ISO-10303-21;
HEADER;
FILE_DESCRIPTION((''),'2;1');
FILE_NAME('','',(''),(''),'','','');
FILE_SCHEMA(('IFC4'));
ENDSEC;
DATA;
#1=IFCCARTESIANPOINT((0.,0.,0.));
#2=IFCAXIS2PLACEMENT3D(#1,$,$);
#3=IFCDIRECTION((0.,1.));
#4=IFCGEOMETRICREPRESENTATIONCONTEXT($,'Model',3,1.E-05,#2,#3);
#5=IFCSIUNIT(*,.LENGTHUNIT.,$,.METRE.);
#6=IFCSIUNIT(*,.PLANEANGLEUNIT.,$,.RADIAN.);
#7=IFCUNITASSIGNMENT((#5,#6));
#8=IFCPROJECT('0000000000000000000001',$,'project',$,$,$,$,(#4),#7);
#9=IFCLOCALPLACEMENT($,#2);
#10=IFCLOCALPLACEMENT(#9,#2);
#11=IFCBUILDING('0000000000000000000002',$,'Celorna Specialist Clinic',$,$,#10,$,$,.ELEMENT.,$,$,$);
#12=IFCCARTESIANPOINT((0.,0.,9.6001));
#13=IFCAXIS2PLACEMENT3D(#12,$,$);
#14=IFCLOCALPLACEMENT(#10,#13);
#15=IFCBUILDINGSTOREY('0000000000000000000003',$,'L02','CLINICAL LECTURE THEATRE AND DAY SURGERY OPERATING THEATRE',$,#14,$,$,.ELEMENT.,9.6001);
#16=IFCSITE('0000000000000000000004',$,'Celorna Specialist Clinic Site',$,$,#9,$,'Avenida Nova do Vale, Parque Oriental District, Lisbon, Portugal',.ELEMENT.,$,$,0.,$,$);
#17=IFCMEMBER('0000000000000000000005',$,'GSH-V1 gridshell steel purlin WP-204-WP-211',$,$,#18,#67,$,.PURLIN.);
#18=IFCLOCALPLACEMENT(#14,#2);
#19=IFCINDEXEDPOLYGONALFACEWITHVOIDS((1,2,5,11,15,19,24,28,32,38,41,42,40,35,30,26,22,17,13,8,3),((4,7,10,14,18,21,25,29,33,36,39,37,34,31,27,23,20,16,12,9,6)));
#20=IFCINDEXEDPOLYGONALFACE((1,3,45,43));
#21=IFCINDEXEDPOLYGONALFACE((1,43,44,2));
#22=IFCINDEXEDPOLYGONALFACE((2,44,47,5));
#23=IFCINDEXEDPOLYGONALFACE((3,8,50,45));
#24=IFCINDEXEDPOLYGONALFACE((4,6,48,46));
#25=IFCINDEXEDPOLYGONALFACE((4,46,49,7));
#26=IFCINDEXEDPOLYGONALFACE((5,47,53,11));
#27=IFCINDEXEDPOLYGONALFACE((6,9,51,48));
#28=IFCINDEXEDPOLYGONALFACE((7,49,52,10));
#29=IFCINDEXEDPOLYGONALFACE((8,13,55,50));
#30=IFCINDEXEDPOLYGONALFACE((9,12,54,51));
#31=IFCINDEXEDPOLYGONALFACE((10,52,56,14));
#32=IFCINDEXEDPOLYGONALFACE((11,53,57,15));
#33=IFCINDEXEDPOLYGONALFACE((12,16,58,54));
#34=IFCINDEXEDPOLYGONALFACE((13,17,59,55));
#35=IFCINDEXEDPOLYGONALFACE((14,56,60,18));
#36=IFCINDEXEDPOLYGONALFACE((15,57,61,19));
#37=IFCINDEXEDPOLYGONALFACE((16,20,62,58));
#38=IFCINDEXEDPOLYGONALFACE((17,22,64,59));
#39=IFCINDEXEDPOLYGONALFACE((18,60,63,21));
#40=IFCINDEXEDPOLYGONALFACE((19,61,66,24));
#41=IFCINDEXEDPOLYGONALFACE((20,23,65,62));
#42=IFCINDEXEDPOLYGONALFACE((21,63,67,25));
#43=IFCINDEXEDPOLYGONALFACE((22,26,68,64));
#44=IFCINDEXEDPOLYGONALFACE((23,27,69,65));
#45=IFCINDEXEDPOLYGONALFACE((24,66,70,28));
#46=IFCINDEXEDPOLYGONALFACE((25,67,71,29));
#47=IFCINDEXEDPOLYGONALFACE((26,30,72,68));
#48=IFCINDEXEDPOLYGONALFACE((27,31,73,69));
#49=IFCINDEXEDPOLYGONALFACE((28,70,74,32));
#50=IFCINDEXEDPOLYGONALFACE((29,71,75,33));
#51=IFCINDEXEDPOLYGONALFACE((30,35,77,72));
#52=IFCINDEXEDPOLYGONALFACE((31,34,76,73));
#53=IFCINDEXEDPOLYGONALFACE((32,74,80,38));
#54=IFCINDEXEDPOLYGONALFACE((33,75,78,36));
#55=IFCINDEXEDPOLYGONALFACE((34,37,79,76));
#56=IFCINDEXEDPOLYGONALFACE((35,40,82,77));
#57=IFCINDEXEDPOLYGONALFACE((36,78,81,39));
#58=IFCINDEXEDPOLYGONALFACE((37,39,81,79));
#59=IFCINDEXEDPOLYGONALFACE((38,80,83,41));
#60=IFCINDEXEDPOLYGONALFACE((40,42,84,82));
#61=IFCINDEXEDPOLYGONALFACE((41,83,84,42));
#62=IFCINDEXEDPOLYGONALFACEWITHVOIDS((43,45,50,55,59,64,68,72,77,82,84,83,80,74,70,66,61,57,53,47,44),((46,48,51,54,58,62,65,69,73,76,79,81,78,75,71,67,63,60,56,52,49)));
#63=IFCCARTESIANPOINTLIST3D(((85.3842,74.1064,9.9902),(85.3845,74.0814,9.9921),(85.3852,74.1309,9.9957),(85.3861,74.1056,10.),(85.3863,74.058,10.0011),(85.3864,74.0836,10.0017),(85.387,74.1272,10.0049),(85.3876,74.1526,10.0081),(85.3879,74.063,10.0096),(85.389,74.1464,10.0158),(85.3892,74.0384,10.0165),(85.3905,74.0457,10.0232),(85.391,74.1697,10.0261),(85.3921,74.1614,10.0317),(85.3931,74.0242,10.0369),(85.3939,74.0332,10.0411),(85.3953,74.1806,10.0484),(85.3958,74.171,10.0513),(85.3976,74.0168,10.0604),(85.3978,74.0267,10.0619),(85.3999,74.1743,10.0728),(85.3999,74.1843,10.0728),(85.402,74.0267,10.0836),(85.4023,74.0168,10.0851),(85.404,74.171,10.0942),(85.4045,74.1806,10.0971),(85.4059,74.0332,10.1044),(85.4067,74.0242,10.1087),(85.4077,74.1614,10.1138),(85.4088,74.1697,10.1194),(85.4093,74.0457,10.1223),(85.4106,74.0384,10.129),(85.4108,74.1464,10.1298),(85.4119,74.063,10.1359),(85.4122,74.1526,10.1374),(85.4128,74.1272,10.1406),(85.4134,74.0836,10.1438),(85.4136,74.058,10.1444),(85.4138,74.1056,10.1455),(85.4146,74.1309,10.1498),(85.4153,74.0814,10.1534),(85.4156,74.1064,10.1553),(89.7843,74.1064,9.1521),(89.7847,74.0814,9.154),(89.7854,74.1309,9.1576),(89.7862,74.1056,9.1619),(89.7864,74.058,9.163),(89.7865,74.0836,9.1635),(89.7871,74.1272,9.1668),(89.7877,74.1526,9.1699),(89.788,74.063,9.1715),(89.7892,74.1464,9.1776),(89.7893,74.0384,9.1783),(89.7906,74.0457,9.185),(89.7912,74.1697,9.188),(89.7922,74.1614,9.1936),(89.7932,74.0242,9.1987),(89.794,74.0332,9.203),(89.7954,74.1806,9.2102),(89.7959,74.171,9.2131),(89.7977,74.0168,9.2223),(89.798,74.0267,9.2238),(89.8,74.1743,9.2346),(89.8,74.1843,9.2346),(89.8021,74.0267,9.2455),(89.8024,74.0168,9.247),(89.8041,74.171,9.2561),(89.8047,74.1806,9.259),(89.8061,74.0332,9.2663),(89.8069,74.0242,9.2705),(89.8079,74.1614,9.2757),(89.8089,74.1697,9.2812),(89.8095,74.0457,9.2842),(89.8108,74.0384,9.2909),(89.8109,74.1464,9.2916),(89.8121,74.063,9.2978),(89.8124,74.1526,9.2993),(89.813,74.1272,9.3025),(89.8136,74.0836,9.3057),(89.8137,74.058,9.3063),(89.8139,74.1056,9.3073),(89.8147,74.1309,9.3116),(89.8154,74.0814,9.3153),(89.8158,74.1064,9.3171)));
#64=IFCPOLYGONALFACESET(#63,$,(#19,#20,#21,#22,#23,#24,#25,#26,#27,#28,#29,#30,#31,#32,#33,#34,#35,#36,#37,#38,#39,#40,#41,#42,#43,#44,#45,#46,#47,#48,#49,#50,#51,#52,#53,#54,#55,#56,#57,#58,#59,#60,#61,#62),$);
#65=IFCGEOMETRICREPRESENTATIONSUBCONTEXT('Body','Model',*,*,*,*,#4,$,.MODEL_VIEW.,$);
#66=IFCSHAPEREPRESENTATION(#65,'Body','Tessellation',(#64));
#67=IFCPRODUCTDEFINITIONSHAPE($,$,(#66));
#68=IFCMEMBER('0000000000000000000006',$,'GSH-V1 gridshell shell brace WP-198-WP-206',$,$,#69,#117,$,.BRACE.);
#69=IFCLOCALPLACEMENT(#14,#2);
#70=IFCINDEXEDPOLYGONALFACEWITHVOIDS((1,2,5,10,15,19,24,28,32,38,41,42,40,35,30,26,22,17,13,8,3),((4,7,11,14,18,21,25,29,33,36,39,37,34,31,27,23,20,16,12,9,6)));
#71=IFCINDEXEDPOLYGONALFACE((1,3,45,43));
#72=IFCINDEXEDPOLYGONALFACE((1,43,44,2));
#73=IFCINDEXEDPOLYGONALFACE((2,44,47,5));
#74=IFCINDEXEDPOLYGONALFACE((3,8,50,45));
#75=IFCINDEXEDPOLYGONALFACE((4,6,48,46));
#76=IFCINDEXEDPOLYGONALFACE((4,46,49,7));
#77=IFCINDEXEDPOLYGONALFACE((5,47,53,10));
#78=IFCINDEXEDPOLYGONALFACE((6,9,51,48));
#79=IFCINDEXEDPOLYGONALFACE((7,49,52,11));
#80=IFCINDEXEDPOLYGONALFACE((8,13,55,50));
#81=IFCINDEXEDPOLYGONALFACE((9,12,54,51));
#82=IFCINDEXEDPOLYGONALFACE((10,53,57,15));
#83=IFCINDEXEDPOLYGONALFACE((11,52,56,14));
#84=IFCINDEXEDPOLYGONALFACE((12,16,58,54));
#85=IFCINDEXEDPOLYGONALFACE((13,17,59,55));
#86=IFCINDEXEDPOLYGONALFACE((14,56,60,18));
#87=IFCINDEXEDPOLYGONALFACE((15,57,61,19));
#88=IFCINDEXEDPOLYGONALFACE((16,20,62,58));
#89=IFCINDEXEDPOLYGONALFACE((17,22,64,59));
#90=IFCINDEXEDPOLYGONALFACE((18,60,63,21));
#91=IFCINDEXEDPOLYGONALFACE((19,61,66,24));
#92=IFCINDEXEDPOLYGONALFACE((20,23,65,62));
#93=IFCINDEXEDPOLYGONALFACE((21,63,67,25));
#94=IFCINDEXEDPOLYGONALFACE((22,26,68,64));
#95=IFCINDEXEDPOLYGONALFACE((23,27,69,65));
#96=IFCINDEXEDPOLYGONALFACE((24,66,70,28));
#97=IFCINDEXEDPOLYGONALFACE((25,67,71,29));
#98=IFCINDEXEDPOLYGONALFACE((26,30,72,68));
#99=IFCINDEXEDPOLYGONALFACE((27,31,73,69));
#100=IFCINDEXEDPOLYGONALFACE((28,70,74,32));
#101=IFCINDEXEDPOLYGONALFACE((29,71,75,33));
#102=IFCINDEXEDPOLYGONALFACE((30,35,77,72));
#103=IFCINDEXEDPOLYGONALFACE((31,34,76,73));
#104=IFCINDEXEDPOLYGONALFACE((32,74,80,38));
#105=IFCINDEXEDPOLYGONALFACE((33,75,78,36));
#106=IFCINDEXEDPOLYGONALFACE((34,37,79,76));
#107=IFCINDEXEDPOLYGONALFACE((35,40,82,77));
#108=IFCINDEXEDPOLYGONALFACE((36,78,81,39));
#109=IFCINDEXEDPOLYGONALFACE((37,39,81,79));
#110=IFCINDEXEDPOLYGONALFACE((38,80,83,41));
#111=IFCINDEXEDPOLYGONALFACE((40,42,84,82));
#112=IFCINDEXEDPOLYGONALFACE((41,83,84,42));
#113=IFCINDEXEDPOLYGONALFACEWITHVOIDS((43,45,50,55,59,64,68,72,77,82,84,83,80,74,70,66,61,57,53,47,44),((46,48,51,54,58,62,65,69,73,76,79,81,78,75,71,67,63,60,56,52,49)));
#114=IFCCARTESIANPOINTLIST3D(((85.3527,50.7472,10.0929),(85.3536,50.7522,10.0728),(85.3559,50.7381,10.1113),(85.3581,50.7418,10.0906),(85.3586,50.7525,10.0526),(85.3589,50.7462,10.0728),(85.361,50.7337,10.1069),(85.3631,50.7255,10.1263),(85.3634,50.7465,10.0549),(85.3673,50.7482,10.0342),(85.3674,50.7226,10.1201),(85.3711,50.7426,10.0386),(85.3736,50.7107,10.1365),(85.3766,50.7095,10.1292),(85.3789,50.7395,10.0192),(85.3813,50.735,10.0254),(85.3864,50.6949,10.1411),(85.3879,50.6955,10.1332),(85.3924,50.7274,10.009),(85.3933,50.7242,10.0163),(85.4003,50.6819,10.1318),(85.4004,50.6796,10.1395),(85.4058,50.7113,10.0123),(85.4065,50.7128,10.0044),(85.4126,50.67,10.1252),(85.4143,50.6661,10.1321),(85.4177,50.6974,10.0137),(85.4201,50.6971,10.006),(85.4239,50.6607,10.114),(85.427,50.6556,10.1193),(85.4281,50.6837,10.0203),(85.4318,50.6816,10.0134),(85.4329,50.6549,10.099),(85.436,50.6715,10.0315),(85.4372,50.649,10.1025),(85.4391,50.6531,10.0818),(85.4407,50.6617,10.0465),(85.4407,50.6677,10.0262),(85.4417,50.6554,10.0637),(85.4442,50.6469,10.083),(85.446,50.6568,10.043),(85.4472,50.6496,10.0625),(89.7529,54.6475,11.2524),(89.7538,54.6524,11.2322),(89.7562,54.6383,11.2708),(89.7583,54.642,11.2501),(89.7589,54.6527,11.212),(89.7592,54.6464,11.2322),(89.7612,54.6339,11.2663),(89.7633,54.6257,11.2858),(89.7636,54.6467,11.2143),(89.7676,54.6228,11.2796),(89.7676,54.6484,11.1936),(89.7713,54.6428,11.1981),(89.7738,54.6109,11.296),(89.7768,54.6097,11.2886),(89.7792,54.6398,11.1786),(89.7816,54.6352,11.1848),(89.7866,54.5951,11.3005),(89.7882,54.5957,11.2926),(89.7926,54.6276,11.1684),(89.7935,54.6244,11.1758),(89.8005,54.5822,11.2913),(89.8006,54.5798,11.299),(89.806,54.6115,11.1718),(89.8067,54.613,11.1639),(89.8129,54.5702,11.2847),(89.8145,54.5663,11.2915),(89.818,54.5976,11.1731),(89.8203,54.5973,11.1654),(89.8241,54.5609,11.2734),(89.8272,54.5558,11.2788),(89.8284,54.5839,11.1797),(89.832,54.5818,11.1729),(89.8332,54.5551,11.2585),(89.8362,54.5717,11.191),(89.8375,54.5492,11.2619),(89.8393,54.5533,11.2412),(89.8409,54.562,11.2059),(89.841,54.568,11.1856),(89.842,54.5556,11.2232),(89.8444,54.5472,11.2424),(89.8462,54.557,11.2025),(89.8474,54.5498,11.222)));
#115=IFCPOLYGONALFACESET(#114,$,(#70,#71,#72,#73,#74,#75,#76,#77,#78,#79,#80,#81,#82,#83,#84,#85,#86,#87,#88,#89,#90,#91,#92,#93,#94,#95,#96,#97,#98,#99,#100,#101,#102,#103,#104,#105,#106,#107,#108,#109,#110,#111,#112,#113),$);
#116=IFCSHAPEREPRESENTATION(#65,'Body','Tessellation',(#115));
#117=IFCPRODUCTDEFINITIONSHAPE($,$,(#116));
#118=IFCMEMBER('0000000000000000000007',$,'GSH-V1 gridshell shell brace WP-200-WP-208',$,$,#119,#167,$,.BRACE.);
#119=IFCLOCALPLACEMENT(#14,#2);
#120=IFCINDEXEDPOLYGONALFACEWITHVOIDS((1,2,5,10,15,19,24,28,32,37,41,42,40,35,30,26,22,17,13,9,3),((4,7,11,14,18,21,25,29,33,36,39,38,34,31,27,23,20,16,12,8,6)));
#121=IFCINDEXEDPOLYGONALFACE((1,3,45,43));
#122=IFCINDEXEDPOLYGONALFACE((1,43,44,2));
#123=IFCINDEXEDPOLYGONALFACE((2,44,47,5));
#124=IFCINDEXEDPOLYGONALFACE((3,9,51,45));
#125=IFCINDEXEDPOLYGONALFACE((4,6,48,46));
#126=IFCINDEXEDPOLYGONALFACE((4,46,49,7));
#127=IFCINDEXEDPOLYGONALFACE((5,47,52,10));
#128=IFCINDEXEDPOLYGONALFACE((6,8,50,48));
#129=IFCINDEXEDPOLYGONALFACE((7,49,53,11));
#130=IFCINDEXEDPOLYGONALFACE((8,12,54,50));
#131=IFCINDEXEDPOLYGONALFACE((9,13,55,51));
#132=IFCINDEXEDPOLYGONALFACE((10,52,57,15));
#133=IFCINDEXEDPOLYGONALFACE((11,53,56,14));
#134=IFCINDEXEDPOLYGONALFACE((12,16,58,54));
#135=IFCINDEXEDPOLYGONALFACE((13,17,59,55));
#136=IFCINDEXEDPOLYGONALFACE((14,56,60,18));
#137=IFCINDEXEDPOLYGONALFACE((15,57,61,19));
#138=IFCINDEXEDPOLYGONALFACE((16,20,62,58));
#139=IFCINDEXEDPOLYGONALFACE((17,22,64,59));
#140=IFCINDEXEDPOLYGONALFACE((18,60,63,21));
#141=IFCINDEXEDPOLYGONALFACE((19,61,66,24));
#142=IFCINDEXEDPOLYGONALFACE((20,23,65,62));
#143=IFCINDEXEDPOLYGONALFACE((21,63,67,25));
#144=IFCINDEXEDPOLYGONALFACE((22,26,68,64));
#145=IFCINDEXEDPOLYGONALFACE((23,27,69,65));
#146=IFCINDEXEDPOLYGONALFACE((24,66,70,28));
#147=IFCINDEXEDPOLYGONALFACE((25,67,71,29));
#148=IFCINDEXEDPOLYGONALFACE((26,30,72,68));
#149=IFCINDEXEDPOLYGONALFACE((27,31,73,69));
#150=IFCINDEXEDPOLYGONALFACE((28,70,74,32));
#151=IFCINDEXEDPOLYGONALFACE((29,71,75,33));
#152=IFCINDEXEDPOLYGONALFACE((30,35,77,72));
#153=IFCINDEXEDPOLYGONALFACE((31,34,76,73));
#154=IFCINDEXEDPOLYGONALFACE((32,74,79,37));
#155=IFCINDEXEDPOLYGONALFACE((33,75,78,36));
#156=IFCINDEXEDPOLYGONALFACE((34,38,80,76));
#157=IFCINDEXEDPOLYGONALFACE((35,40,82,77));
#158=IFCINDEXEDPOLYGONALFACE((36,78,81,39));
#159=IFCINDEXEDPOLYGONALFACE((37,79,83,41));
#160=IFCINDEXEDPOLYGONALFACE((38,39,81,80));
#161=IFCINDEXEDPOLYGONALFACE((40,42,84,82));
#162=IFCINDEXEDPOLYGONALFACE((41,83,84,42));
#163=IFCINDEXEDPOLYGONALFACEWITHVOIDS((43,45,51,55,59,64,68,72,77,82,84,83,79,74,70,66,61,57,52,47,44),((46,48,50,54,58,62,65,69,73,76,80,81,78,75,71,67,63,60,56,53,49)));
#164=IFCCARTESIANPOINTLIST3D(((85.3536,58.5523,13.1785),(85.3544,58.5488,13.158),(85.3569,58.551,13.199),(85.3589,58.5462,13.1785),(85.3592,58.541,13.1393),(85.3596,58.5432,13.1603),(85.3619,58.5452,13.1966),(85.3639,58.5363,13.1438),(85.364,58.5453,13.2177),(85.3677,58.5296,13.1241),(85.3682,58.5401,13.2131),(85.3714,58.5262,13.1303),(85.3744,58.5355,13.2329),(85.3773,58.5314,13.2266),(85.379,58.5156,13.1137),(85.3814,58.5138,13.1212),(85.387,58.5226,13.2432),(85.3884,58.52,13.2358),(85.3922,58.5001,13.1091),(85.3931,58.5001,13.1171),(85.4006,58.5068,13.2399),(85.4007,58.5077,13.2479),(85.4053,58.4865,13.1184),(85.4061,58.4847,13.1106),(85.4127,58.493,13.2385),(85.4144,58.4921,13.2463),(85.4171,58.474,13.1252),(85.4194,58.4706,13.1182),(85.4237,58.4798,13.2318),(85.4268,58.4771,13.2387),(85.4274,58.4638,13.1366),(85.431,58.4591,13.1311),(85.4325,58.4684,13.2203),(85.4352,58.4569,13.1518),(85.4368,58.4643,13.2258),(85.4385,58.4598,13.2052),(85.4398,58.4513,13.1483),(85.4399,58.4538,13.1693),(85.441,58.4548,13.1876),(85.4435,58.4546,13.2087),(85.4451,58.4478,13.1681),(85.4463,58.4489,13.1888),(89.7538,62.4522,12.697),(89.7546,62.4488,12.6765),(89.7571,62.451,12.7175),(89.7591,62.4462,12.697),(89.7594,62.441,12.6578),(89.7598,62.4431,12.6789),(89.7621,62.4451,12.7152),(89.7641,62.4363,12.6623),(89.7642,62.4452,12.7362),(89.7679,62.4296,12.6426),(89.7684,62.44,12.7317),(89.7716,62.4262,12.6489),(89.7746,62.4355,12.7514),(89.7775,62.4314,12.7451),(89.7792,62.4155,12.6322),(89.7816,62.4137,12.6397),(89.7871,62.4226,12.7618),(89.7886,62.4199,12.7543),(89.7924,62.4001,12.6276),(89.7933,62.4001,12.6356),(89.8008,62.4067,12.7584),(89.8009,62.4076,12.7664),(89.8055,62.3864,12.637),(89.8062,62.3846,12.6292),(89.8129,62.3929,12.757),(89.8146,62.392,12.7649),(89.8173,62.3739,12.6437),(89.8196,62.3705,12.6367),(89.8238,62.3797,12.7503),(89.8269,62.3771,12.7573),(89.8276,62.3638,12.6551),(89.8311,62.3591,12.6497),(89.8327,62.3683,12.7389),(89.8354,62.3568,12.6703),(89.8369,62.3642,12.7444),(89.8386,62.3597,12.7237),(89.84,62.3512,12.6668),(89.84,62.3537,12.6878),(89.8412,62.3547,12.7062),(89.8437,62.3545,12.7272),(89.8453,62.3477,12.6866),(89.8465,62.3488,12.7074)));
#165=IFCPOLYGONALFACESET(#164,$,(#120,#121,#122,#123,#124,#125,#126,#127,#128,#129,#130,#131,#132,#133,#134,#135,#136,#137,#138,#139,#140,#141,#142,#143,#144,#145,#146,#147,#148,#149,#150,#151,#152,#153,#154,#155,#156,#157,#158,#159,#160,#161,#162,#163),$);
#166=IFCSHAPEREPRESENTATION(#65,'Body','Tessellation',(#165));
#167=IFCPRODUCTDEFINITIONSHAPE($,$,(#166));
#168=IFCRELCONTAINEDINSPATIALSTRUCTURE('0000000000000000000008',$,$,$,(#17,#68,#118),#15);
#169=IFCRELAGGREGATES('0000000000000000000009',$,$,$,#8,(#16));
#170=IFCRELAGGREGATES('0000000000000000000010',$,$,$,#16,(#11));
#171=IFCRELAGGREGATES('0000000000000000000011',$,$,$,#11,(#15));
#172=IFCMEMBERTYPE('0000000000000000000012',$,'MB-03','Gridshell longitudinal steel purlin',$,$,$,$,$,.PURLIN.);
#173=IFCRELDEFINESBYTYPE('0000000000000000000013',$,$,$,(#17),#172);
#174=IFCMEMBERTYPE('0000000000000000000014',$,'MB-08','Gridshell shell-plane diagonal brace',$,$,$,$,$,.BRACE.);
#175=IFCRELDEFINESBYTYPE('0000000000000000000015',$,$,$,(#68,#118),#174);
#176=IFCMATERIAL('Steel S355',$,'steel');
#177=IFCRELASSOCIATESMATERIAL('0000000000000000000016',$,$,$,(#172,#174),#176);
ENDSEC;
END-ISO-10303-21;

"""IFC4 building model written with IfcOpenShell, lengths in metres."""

from ifc_helpers import new_model, si_unit, direction, frame, origin, origin_2d, place, context, subcontext, project, spatial, hollow_circle, extrude, material, material_profile, profile_set, type_object, element, save


model = new_model("IFC4")

# Units and contexts
model_context = context("Model", 3, precision=1e-05, world=origin(), true_north=direction((0.0, 1.0)))
body_context = subcontext(model_context, "Body", "Model", "MODEL_VIEW")
ifc_project = project(units=[si_unit("LENGTHUNIT", "METRE"), si_unit("PLANEANGLEUNIT", "RADIAN")], contexts=[model_context])

# Site, building, storey
site_placement = place(None, origin())
site = spatial("IfcSite", under=ifc_project, at=site_placement, Name="Celorna Specialist Clinic Site", LongName="Avenida Nova do Vale, Parque Oriental District, Lisbon, Portugal", CompositionType="ELEMENT", RefElevation=0.0)
building_placement = place(site_placement, origin())
building = spatial("IfcBuilding", under=site, at=building_placement, Name="Celorna Specialist Clinic", CompositionType="ELEMENT")
storey_placement = place(building_placement, frame((0.0, 0.0, 9.6001)))
storey = spatial("IfcBuildingStorey", under=building, at=storey_placement, Name="L02", Description="CLINICAL LECTURE THEATRE AND DAY SURGERY OPERATING THEATRE", CompositionType="ELEMENT", Elevation=9.6001)

# Shared definitions
ifc_material_1 = material(Name="Steel S355", Category="steel")

# Members
ifc_material_profile_1 = material_profile(ifc_material_1, hollow_circle(Radius=0.0842, WallThickness=0.01, at=origin_2d()), Name="CHS 168.3x10")
ifc_profile_set_1 = profile_set([ifc_material_profile_1], Name="Steel S355")
member_type_1 = type_object("IfcMemberType", Name="MB-03", Description="Gridshell longitudinal steel purlin", PredefinedType="PURLIN", material=ifc_profile_set_1)
for number, where, z_axis, x_axis, name in (
    (1, (85.3999, 74.1001, 10.0728), (0.982338, 0.0, -0.187115), (0.0, 1.0, 0.0), "GSH-V1 gridshell steel purlin WP-204-WP-211"),
):
    element("IfcMember", number, at=place(storey_placement, frame(where, z_axis=z_axis, x_axis=x_axis)), inside=storey, type_object=member_type_1, Name=name, PredefinedType="PURLIN", context=body_context, shape_type="SweptSolid", body=[
        extrude(hollow_circle(Radius=0.0842, WallThickness=0.01, at=origin_2d()), origin(), (0.0, 0.0, 1.0), 4.4792),
    ])
ifc_material_profile_2 = material_profile(ifc_material_1, hollow_circle(Radius=0.0698, WallThickness=0.0081, at=origin_2d()), Name="CHS 139.7x8")
ifc_profile_set_2 = profile_set([ifc_material_profile_2], Name="Steel S355")
member_type_2 = type_object("IfcMemberType", Name="MB-08", Description="Gridshell shell-plane diagonal brace", PredefinedType="BRACE", material=ifc_profile_set_2)
member_1_placement = place(storey_placement, frame((85.3999, 50.7, 10.0728), z_axis=(0.734208, 0.650778, 0.193461), x_axis=(-0.663309, 0.748346, 0.0)))
element("IfcMember", 2, at=member_1_placement, inside=storey, type_object=member_type_2, Name="GSH-V1 gridshell shell brace WP-198-WP-206", PredefinedType="BRACE", context=body_context, shape_type="SweptSolid", body=[
    extrude(hollow_circle(Radius=0.0698, WallThickness=0.0081, at=origin_2d()), origin(), (0.0, 0.0, 1.0), 5.9932),
])
member_2_placement = place(storey_placement, frame((85.3999, 58.5, 13.1785), z_axis=(0.74587, 0.661073, -0.08161), x_axis=(-0.663286, 0.748366, 0.0)))
element("IfcMember", 3, at=member_2_placement, inside=storey, type_object=member_type_2, Name="GSH-V1 gridshell shell brace WP-200-WP-208", PredefinedType="BRACE", context=body_context, shape_type="SweptSolid", body=[
    extrude(hollow_circle(Radius=0.0698, WallThickness=0.0081, at=origin_2d()), origin(), (0.0, 0.0, 1.0), 5.8994),
])

save(model, "model.ifc")
